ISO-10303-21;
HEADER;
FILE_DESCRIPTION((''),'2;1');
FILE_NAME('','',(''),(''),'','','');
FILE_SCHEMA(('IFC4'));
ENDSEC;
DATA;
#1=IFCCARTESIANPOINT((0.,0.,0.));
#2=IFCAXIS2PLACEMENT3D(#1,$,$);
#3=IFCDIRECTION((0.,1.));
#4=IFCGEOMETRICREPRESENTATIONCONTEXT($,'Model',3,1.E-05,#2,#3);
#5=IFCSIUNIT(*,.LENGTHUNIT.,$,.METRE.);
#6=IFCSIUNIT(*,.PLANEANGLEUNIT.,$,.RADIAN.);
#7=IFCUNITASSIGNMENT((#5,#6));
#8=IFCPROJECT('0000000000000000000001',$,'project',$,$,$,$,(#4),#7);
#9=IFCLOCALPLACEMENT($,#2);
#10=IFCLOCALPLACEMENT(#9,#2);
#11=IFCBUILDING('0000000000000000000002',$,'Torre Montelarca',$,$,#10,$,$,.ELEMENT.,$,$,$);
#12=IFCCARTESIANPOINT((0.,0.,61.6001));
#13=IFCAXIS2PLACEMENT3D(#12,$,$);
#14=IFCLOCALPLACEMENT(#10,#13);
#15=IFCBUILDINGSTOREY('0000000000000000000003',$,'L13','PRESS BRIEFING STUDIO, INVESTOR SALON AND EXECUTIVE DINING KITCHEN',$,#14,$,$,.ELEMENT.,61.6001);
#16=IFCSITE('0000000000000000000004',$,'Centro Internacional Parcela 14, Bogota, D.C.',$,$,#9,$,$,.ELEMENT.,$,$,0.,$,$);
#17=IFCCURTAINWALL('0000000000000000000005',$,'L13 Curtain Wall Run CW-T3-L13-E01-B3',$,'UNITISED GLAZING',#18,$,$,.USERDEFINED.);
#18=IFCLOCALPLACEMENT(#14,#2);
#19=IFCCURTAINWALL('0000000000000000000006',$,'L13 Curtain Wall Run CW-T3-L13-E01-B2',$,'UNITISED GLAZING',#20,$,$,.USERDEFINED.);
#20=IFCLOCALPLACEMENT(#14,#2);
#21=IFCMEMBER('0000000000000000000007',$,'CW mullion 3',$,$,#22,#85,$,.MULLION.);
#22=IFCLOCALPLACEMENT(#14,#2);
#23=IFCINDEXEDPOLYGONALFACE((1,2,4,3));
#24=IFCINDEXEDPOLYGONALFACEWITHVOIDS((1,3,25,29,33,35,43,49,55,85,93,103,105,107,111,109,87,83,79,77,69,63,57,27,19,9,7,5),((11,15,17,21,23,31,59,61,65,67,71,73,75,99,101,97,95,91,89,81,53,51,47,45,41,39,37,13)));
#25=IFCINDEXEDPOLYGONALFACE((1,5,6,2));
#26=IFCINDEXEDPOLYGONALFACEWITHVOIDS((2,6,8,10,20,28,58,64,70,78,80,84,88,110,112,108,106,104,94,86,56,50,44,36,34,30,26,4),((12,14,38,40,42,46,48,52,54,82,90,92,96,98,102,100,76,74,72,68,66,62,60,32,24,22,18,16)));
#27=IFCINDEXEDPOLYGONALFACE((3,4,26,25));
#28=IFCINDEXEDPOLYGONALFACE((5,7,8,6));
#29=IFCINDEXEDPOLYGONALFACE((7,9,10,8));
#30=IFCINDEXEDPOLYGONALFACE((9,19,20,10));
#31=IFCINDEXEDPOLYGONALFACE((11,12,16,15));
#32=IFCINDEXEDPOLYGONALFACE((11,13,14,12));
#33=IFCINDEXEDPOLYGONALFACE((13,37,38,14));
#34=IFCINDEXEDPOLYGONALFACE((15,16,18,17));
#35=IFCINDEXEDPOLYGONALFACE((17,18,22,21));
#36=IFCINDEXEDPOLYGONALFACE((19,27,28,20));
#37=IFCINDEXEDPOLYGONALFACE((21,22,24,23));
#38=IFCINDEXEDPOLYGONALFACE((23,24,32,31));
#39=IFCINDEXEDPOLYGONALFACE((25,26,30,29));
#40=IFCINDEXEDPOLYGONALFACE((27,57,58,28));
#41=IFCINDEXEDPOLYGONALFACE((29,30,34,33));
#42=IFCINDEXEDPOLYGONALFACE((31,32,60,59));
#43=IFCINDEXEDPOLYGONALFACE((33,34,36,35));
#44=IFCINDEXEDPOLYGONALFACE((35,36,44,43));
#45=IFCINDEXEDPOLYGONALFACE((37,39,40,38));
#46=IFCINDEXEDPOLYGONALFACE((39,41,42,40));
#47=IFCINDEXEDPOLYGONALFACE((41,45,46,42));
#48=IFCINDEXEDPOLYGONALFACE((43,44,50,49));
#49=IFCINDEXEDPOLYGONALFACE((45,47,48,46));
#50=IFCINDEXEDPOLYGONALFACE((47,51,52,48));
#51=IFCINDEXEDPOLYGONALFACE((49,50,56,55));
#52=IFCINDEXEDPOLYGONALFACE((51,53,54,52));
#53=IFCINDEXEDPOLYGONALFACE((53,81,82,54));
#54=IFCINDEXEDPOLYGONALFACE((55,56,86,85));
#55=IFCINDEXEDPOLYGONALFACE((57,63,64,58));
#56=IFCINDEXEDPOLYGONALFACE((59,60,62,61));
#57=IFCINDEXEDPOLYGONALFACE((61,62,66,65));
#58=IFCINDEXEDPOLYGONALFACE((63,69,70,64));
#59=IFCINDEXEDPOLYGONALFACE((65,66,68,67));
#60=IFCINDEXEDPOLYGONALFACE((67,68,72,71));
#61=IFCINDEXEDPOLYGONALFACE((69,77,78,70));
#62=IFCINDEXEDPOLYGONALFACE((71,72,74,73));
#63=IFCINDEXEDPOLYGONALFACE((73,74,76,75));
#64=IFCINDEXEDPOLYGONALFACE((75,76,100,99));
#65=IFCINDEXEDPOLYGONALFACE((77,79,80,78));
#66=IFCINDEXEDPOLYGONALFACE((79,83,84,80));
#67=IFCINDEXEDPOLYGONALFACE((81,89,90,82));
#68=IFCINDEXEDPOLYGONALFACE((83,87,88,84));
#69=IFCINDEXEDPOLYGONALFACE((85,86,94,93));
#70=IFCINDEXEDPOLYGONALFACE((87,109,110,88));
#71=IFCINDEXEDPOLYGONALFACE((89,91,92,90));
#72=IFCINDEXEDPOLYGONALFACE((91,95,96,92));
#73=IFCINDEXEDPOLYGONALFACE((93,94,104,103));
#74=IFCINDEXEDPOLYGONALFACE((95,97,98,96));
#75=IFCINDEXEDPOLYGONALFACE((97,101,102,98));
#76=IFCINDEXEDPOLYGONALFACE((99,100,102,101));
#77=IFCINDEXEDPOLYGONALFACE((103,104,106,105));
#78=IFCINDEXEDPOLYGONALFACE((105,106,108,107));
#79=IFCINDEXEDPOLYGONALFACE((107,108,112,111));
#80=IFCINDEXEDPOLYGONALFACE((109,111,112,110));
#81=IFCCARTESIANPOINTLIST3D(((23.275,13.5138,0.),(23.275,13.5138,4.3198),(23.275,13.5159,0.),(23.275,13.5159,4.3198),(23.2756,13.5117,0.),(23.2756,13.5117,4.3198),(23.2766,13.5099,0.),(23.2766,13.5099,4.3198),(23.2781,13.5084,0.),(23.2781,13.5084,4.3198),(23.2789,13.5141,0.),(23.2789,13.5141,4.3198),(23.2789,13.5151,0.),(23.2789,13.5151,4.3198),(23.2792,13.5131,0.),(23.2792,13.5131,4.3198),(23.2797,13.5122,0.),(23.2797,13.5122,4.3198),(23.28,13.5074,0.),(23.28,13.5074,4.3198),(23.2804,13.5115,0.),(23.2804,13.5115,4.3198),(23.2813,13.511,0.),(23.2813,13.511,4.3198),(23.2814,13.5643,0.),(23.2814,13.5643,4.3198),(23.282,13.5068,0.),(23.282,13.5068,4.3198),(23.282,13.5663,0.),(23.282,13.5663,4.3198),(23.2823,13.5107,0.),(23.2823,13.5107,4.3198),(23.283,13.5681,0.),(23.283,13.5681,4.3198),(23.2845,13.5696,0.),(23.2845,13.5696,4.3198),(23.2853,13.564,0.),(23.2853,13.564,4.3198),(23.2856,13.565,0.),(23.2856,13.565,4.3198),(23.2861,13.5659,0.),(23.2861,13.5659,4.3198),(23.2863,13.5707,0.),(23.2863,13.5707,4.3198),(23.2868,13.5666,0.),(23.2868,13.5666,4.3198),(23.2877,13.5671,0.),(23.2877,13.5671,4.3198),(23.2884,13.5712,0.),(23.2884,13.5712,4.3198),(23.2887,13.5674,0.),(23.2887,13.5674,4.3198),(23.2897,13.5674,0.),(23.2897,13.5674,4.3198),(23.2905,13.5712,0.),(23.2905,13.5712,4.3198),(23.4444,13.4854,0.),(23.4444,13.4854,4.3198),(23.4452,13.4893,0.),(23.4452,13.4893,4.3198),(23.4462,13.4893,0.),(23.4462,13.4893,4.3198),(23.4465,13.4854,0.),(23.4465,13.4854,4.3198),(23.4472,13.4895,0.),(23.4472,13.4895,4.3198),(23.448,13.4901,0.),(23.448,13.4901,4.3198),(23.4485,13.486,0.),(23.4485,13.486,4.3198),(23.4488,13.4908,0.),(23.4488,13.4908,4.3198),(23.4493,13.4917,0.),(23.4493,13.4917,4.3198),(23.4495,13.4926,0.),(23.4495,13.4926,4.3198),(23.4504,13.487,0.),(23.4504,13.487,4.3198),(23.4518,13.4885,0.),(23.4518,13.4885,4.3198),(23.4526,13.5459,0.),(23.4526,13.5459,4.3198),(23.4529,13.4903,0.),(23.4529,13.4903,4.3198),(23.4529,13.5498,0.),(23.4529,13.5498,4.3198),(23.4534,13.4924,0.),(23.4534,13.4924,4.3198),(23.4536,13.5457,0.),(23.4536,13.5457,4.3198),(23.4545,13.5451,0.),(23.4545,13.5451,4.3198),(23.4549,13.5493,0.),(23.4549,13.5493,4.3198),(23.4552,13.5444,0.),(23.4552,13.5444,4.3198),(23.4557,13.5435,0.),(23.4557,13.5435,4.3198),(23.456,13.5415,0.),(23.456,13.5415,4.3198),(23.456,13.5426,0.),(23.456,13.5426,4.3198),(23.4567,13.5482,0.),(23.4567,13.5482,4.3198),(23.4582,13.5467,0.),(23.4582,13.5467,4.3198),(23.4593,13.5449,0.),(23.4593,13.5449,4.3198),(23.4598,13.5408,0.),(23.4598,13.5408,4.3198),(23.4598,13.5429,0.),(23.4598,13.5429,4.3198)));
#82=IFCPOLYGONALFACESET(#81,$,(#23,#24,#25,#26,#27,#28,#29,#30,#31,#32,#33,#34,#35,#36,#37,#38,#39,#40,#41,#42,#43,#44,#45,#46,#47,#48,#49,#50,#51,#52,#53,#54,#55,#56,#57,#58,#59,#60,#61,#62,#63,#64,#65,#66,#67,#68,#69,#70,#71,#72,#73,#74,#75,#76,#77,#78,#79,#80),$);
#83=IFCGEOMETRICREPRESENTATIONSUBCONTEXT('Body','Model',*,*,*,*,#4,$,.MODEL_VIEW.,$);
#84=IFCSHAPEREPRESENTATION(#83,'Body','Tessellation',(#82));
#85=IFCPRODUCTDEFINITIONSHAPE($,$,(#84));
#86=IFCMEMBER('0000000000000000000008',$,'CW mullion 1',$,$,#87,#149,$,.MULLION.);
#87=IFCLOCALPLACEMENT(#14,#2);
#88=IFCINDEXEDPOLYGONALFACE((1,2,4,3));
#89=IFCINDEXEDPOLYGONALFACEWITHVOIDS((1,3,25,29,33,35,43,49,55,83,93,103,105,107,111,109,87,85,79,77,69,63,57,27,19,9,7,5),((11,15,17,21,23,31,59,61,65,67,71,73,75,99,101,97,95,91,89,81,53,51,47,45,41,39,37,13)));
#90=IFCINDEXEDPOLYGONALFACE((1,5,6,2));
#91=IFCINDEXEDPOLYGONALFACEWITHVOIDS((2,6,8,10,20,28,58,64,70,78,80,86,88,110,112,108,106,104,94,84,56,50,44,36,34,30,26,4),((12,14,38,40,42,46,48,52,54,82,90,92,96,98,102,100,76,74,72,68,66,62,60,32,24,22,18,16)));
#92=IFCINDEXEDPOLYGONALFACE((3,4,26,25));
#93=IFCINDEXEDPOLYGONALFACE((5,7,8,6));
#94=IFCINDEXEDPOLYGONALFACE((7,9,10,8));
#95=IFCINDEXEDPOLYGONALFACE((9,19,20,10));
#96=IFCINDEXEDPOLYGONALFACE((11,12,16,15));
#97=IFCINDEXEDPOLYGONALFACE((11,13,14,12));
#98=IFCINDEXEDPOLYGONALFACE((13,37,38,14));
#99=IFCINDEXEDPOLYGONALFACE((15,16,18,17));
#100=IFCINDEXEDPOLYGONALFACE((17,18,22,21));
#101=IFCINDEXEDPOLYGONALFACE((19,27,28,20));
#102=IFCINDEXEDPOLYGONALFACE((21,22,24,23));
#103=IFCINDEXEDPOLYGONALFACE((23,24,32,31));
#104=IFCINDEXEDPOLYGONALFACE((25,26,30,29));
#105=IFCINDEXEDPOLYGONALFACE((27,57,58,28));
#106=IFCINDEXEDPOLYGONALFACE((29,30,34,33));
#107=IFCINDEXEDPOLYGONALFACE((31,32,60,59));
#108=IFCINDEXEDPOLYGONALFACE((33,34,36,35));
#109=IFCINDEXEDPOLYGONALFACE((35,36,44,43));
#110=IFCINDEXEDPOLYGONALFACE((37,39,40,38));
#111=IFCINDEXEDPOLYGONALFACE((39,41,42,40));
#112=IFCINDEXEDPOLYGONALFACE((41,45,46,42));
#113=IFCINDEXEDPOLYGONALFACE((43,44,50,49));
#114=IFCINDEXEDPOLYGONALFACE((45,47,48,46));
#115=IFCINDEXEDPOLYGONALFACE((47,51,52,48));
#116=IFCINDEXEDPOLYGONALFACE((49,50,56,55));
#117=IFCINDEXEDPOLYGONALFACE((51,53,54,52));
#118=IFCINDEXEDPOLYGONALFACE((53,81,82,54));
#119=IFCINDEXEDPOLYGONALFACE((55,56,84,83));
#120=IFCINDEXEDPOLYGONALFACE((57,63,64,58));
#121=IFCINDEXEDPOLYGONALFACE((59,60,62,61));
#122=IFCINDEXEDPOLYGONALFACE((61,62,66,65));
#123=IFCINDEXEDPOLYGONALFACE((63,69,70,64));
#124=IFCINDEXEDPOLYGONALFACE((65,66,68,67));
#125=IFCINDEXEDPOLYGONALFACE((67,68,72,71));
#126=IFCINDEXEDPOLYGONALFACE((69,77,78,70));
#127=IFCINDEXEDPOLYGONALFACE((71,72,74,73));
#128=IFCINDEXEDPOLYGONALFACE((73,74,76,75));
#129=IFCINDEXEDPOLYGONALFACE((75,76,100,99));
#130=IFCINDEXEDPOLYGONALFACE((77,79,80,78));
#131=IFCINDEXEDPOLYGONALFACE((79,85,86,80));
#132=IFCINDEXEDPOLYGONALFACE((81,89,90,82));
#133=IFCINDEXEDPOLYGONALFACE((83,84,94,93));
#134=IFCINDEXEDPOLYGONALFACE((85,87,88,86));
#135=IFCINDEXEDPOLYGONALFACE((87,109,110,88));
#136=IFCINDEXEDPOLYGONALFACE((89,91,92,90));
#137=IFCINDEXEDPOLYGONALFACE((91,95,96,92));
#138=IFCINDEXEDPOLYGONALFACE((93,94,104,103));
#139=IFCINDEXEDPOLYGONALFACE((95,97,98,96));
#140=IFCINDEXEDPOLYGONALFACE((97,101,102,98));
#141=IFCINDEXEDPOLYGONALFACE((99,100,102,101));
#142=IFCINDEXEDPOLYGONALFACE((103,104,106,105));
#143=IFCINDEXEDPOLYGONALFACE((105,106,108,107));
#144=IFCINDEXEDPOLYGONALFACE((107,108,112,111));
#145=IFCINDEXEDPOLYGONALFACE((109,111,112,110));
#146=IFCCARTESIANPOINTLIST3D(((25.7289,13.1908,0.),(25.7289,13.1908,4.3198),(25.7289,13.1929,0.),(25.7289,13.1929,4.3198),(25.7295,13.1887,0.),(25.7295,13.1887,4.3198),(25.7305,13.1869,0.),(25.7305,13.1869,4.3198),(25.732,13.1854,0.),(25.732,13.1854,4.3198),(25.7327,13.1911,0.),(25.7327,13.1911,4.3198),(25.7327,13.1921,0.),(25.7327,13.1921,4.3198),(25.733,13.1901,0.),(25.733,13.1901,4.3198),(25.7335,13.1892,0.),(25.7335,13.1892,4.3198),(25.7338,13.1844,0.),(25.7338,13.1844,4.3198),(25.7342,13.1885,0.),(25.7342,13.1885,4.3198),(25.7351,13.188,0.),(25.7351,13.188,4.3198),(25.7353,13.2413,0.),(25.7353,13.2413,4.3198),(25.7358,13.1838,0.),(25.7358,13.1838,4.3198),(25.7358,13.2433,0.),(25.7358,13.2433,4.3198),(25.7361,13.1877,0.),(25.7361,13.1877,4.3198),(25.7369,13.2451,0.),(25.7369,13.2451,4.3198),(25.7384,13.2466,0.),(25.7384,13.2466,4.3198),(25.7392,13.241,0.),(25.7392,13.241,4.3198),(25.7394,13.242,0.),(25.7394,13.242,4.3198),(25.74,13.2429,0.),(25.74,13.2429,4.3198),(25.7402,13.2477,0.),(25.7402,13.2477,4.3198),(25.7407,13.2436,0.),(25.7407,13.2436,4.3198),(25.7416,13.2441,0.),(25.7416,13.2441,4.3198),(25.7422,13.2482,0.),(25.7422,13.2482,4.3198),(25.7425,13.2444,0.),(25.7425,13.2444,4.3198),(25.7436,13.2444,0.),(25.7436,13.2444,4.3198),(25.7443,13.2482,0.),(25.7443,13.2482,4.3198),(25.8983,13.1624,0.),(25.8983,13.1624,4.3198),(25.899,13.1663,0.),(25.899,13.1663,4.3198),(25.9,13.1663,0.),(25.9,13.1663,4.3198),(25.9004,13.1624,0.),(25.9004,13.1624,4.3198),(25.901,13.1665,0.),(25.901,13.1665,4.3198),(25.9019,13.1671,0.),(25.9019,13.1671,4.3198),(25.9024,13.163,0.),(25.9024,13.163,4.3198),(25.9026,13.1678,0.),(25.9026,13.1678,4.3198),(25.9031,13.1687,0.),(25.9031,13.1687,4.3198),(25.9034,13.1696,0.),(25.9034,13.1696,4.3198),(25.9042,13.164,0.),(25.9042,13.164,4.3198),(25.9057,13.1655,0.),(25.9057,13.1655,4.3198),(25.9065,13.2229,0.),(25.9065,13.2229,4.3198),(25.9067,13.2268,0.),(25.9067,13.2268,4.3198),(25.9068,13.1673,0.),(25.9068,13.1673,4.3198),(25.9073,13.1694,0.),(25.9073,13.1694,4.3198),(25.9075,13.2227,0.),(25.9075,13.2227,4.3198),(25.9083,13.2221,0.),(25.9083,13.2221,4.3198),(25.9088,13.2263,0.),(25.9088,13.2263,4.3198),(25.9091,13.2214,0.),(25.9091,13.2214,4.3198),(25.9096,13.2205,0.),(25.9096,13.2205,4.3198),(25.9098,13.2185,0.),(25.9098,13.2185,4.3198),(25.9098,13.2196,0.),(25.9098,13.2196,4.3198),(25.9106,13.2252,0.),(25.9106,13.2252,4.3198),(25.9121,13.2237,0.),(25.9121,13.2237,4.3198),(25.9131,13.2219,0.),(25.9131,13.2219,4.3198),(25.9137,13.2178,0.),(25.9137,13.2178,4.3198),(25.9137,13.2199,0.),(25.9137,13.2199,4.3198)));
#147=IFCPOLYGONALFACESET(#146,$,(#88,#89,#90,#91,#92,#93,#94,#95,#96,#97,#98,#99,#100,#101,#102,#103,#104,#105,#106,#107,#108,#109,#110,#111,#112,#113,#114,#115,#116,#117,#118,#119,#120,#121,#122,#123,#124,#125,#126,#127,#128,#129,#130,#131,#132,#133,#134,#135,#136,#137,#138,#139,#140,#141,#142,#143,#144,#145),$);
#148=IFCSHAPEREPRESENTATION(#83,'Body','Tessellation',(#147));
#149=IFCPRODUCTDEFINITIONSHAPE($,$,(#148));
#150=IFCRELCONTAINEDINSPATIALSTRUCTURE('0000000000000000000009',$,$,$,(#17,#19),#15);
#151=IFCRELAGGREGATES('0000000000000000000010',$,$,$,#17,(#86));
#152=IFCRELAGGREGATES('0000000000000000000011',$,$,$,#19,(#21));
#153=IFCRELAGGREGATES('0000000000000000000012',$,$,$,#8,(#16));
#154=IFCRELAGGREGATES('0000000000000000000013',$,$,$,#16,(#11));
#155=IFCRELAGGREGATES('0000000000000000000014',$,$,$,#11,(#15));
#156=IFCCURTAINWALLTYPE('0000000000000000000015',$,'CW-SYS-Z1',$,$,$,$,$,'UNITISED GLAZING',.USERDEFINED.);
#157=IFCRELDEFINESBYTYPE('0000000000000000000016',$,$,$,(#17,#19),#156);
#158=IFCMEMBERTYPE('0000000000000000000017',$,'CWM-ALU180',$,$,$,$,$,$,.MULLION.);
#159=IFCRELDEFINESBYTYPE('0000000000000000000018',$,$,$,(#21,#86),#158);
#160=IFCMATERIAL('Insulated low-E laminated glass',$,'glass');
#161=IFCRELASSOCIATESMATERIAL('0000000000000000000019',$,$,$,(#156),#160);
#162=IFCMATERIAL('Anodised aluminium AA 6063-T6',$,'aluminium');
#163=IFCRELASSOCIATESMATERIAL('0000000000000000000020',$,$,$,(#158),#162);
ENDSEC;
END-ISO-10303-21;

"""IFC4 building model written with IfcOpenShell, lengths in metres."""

from ifc_helpers import new_model, si_unit, direction, frame, origin, origin_2d, place, context, subcontext, project, spatial, hollow_rectangle, extrude, source, transform, mapped, material, material_profile, profile_set, type_object, element, aggregate, save


model = new_model("IFC4")

# Units and contexts
model_context = context("Model", 3, precision=1e-05, world=origin(), true_north=direction((0.0, 1.0)))
body_context = subcontext(model_context, "Body", "Model", "MODEL_VIEW")
ifc_project = project(units=[si_unit("LENGTHUNIT", "METRE"), si_unit("PLANEANGLEUNIT", "RADIAN")], contexts=[model_context])

# Site, building, storey
site_placement = place(None, origin())
site = spatial("IfcSite", under=ifc_project, at=site_placement, Name="Centro Internacional Parcela 14, Bogota, D.C.", CompositionType="ELEMENT", RefElevation=0.0)
building_placement = place(site_placement, origin())
building = spatial("IfcBuilding", under=site, at=building_placement, Name="Torre Montelarca", CompositionType="ELEMENT")
storey_placement = place(building_placement, frame((0.0, 0.0, 61.6001)))
storey = spatial("IfcBuildingStorey", under=building, at=storey_placement, Name="L13", Description="PRESS BRIEFING STUDIO, INVESTOR SALON AND EXECUTIVE DINING KITCHEN", CompositionType="ELEMENT", Elevation=61.6001)

# Curtain wall
ifc_material_1 = material(Name="Insulated low-E laminated glass", Category="glass")
curtain_wall_type = type_object("IfcCurtainWallType", Name="CW-SYS-Z1", ElementType="UNITISED GLAZING", PredefinedType="USERDEFINED", material=ifc_material_1)
curtain_wall_1_placement = place(storey_placement, origin())
curtain_wall_1 = element("IfcCurtainWall", 1, at=curtain_wall_1_placement, inside=storey, type_object=curtain_wall_type, Name="L13 Curtain Wall Run CW-T3-L13-E01-B3", ObjectType="UNITISED GLAZING", PredefinedType="USERDEFINED")
ifc_material_2 = material(Name="Anodised aluminium AA 6063-T6", Category="aluminium")

# Curtain wall, member
curtain_wall_2_placement = place(storey_placement, origin())
curtain_wall_2 = element("IfcCurtainWall", 2, at=curtain_wall_2_placement, inside=storey, type_object=curtain_wall_type, Name="L13 Curtain Wall Run CW-T3-L13-E01-B2", ObjectType="UNITISED GLAZING", PredefinedType="USERDEFINED")
ifc_material_profile_1 = material_profile(ifc_material_2, hollow_rectangle(XDim=0.0649, YDim=0.1799, WallThickness=0.0039, InnerFilletRadius=0.0039, OuterFilletRadius=0.0081, at=origin_2d()), Name="ALU65X180X4", Category="aluminium")
ifc_profile_set_1 = profile_set([ifc_material_profile_1], Name="Anodised aluminium AA 6063-T6")
member_type_1 = type_object("IfcMemberType", Name="CWM-ALU180", PredefinedType="MULLION", material=ifc_profile_set_1)
shared_shape_1 = source(origin(), body_context, "Body", "SweptSolid", [
    extrude(hollow_rectangle(XDim=0.0649, YDim=0.1799, WallThickness=0.0039, InnerFilletRadius=0.0039, OuterFilletRadius=0.0081, at=origin_2d()), origin(), (0.0, 0.0, 1.0), 4.3198),
])
member_1_placement = place(storey_placement, frame((23.3674, 13.5283, 0.0), z_axis=(0.0, 0.0, 1.0), x_axis=(0.130517, 0.991446, 0.0)))
member_1 = element("IfcMember", 3, at=member_1_placement, type_object=member_type_1, Name="CW mullion 3", PredefinedType="MULLION", context=body_context, shape_type="MappedRepresentation", body=[
    mapped(shared_shape_1, transform((0.0, 0.0, 0.0), scale=1.0)),
])

# Member
member_2_placement = place(storey_placement, frame((25.8213, 13.2053, 0.0), z_axis=(0.0, 0.0, 1.0), x_axis=(0.13052, 0.991446, 0.0)))
member_2 = element("IfcMember", 4, at=member_2_placement, type_object=member_type_1, Name="CW mullion 1", PredefinedType="MULLION", context=body_context, shape_type="MappedRepresentation", body=[
    mapped(shared_shape_1, transform((0.0, 0.0, 0.0), scale=1.0)),
])

aggregate(curtain_wall_1, [member_2])
aggregate(curtain_wall_2, [member_1])

save(model, "model.ifc")
